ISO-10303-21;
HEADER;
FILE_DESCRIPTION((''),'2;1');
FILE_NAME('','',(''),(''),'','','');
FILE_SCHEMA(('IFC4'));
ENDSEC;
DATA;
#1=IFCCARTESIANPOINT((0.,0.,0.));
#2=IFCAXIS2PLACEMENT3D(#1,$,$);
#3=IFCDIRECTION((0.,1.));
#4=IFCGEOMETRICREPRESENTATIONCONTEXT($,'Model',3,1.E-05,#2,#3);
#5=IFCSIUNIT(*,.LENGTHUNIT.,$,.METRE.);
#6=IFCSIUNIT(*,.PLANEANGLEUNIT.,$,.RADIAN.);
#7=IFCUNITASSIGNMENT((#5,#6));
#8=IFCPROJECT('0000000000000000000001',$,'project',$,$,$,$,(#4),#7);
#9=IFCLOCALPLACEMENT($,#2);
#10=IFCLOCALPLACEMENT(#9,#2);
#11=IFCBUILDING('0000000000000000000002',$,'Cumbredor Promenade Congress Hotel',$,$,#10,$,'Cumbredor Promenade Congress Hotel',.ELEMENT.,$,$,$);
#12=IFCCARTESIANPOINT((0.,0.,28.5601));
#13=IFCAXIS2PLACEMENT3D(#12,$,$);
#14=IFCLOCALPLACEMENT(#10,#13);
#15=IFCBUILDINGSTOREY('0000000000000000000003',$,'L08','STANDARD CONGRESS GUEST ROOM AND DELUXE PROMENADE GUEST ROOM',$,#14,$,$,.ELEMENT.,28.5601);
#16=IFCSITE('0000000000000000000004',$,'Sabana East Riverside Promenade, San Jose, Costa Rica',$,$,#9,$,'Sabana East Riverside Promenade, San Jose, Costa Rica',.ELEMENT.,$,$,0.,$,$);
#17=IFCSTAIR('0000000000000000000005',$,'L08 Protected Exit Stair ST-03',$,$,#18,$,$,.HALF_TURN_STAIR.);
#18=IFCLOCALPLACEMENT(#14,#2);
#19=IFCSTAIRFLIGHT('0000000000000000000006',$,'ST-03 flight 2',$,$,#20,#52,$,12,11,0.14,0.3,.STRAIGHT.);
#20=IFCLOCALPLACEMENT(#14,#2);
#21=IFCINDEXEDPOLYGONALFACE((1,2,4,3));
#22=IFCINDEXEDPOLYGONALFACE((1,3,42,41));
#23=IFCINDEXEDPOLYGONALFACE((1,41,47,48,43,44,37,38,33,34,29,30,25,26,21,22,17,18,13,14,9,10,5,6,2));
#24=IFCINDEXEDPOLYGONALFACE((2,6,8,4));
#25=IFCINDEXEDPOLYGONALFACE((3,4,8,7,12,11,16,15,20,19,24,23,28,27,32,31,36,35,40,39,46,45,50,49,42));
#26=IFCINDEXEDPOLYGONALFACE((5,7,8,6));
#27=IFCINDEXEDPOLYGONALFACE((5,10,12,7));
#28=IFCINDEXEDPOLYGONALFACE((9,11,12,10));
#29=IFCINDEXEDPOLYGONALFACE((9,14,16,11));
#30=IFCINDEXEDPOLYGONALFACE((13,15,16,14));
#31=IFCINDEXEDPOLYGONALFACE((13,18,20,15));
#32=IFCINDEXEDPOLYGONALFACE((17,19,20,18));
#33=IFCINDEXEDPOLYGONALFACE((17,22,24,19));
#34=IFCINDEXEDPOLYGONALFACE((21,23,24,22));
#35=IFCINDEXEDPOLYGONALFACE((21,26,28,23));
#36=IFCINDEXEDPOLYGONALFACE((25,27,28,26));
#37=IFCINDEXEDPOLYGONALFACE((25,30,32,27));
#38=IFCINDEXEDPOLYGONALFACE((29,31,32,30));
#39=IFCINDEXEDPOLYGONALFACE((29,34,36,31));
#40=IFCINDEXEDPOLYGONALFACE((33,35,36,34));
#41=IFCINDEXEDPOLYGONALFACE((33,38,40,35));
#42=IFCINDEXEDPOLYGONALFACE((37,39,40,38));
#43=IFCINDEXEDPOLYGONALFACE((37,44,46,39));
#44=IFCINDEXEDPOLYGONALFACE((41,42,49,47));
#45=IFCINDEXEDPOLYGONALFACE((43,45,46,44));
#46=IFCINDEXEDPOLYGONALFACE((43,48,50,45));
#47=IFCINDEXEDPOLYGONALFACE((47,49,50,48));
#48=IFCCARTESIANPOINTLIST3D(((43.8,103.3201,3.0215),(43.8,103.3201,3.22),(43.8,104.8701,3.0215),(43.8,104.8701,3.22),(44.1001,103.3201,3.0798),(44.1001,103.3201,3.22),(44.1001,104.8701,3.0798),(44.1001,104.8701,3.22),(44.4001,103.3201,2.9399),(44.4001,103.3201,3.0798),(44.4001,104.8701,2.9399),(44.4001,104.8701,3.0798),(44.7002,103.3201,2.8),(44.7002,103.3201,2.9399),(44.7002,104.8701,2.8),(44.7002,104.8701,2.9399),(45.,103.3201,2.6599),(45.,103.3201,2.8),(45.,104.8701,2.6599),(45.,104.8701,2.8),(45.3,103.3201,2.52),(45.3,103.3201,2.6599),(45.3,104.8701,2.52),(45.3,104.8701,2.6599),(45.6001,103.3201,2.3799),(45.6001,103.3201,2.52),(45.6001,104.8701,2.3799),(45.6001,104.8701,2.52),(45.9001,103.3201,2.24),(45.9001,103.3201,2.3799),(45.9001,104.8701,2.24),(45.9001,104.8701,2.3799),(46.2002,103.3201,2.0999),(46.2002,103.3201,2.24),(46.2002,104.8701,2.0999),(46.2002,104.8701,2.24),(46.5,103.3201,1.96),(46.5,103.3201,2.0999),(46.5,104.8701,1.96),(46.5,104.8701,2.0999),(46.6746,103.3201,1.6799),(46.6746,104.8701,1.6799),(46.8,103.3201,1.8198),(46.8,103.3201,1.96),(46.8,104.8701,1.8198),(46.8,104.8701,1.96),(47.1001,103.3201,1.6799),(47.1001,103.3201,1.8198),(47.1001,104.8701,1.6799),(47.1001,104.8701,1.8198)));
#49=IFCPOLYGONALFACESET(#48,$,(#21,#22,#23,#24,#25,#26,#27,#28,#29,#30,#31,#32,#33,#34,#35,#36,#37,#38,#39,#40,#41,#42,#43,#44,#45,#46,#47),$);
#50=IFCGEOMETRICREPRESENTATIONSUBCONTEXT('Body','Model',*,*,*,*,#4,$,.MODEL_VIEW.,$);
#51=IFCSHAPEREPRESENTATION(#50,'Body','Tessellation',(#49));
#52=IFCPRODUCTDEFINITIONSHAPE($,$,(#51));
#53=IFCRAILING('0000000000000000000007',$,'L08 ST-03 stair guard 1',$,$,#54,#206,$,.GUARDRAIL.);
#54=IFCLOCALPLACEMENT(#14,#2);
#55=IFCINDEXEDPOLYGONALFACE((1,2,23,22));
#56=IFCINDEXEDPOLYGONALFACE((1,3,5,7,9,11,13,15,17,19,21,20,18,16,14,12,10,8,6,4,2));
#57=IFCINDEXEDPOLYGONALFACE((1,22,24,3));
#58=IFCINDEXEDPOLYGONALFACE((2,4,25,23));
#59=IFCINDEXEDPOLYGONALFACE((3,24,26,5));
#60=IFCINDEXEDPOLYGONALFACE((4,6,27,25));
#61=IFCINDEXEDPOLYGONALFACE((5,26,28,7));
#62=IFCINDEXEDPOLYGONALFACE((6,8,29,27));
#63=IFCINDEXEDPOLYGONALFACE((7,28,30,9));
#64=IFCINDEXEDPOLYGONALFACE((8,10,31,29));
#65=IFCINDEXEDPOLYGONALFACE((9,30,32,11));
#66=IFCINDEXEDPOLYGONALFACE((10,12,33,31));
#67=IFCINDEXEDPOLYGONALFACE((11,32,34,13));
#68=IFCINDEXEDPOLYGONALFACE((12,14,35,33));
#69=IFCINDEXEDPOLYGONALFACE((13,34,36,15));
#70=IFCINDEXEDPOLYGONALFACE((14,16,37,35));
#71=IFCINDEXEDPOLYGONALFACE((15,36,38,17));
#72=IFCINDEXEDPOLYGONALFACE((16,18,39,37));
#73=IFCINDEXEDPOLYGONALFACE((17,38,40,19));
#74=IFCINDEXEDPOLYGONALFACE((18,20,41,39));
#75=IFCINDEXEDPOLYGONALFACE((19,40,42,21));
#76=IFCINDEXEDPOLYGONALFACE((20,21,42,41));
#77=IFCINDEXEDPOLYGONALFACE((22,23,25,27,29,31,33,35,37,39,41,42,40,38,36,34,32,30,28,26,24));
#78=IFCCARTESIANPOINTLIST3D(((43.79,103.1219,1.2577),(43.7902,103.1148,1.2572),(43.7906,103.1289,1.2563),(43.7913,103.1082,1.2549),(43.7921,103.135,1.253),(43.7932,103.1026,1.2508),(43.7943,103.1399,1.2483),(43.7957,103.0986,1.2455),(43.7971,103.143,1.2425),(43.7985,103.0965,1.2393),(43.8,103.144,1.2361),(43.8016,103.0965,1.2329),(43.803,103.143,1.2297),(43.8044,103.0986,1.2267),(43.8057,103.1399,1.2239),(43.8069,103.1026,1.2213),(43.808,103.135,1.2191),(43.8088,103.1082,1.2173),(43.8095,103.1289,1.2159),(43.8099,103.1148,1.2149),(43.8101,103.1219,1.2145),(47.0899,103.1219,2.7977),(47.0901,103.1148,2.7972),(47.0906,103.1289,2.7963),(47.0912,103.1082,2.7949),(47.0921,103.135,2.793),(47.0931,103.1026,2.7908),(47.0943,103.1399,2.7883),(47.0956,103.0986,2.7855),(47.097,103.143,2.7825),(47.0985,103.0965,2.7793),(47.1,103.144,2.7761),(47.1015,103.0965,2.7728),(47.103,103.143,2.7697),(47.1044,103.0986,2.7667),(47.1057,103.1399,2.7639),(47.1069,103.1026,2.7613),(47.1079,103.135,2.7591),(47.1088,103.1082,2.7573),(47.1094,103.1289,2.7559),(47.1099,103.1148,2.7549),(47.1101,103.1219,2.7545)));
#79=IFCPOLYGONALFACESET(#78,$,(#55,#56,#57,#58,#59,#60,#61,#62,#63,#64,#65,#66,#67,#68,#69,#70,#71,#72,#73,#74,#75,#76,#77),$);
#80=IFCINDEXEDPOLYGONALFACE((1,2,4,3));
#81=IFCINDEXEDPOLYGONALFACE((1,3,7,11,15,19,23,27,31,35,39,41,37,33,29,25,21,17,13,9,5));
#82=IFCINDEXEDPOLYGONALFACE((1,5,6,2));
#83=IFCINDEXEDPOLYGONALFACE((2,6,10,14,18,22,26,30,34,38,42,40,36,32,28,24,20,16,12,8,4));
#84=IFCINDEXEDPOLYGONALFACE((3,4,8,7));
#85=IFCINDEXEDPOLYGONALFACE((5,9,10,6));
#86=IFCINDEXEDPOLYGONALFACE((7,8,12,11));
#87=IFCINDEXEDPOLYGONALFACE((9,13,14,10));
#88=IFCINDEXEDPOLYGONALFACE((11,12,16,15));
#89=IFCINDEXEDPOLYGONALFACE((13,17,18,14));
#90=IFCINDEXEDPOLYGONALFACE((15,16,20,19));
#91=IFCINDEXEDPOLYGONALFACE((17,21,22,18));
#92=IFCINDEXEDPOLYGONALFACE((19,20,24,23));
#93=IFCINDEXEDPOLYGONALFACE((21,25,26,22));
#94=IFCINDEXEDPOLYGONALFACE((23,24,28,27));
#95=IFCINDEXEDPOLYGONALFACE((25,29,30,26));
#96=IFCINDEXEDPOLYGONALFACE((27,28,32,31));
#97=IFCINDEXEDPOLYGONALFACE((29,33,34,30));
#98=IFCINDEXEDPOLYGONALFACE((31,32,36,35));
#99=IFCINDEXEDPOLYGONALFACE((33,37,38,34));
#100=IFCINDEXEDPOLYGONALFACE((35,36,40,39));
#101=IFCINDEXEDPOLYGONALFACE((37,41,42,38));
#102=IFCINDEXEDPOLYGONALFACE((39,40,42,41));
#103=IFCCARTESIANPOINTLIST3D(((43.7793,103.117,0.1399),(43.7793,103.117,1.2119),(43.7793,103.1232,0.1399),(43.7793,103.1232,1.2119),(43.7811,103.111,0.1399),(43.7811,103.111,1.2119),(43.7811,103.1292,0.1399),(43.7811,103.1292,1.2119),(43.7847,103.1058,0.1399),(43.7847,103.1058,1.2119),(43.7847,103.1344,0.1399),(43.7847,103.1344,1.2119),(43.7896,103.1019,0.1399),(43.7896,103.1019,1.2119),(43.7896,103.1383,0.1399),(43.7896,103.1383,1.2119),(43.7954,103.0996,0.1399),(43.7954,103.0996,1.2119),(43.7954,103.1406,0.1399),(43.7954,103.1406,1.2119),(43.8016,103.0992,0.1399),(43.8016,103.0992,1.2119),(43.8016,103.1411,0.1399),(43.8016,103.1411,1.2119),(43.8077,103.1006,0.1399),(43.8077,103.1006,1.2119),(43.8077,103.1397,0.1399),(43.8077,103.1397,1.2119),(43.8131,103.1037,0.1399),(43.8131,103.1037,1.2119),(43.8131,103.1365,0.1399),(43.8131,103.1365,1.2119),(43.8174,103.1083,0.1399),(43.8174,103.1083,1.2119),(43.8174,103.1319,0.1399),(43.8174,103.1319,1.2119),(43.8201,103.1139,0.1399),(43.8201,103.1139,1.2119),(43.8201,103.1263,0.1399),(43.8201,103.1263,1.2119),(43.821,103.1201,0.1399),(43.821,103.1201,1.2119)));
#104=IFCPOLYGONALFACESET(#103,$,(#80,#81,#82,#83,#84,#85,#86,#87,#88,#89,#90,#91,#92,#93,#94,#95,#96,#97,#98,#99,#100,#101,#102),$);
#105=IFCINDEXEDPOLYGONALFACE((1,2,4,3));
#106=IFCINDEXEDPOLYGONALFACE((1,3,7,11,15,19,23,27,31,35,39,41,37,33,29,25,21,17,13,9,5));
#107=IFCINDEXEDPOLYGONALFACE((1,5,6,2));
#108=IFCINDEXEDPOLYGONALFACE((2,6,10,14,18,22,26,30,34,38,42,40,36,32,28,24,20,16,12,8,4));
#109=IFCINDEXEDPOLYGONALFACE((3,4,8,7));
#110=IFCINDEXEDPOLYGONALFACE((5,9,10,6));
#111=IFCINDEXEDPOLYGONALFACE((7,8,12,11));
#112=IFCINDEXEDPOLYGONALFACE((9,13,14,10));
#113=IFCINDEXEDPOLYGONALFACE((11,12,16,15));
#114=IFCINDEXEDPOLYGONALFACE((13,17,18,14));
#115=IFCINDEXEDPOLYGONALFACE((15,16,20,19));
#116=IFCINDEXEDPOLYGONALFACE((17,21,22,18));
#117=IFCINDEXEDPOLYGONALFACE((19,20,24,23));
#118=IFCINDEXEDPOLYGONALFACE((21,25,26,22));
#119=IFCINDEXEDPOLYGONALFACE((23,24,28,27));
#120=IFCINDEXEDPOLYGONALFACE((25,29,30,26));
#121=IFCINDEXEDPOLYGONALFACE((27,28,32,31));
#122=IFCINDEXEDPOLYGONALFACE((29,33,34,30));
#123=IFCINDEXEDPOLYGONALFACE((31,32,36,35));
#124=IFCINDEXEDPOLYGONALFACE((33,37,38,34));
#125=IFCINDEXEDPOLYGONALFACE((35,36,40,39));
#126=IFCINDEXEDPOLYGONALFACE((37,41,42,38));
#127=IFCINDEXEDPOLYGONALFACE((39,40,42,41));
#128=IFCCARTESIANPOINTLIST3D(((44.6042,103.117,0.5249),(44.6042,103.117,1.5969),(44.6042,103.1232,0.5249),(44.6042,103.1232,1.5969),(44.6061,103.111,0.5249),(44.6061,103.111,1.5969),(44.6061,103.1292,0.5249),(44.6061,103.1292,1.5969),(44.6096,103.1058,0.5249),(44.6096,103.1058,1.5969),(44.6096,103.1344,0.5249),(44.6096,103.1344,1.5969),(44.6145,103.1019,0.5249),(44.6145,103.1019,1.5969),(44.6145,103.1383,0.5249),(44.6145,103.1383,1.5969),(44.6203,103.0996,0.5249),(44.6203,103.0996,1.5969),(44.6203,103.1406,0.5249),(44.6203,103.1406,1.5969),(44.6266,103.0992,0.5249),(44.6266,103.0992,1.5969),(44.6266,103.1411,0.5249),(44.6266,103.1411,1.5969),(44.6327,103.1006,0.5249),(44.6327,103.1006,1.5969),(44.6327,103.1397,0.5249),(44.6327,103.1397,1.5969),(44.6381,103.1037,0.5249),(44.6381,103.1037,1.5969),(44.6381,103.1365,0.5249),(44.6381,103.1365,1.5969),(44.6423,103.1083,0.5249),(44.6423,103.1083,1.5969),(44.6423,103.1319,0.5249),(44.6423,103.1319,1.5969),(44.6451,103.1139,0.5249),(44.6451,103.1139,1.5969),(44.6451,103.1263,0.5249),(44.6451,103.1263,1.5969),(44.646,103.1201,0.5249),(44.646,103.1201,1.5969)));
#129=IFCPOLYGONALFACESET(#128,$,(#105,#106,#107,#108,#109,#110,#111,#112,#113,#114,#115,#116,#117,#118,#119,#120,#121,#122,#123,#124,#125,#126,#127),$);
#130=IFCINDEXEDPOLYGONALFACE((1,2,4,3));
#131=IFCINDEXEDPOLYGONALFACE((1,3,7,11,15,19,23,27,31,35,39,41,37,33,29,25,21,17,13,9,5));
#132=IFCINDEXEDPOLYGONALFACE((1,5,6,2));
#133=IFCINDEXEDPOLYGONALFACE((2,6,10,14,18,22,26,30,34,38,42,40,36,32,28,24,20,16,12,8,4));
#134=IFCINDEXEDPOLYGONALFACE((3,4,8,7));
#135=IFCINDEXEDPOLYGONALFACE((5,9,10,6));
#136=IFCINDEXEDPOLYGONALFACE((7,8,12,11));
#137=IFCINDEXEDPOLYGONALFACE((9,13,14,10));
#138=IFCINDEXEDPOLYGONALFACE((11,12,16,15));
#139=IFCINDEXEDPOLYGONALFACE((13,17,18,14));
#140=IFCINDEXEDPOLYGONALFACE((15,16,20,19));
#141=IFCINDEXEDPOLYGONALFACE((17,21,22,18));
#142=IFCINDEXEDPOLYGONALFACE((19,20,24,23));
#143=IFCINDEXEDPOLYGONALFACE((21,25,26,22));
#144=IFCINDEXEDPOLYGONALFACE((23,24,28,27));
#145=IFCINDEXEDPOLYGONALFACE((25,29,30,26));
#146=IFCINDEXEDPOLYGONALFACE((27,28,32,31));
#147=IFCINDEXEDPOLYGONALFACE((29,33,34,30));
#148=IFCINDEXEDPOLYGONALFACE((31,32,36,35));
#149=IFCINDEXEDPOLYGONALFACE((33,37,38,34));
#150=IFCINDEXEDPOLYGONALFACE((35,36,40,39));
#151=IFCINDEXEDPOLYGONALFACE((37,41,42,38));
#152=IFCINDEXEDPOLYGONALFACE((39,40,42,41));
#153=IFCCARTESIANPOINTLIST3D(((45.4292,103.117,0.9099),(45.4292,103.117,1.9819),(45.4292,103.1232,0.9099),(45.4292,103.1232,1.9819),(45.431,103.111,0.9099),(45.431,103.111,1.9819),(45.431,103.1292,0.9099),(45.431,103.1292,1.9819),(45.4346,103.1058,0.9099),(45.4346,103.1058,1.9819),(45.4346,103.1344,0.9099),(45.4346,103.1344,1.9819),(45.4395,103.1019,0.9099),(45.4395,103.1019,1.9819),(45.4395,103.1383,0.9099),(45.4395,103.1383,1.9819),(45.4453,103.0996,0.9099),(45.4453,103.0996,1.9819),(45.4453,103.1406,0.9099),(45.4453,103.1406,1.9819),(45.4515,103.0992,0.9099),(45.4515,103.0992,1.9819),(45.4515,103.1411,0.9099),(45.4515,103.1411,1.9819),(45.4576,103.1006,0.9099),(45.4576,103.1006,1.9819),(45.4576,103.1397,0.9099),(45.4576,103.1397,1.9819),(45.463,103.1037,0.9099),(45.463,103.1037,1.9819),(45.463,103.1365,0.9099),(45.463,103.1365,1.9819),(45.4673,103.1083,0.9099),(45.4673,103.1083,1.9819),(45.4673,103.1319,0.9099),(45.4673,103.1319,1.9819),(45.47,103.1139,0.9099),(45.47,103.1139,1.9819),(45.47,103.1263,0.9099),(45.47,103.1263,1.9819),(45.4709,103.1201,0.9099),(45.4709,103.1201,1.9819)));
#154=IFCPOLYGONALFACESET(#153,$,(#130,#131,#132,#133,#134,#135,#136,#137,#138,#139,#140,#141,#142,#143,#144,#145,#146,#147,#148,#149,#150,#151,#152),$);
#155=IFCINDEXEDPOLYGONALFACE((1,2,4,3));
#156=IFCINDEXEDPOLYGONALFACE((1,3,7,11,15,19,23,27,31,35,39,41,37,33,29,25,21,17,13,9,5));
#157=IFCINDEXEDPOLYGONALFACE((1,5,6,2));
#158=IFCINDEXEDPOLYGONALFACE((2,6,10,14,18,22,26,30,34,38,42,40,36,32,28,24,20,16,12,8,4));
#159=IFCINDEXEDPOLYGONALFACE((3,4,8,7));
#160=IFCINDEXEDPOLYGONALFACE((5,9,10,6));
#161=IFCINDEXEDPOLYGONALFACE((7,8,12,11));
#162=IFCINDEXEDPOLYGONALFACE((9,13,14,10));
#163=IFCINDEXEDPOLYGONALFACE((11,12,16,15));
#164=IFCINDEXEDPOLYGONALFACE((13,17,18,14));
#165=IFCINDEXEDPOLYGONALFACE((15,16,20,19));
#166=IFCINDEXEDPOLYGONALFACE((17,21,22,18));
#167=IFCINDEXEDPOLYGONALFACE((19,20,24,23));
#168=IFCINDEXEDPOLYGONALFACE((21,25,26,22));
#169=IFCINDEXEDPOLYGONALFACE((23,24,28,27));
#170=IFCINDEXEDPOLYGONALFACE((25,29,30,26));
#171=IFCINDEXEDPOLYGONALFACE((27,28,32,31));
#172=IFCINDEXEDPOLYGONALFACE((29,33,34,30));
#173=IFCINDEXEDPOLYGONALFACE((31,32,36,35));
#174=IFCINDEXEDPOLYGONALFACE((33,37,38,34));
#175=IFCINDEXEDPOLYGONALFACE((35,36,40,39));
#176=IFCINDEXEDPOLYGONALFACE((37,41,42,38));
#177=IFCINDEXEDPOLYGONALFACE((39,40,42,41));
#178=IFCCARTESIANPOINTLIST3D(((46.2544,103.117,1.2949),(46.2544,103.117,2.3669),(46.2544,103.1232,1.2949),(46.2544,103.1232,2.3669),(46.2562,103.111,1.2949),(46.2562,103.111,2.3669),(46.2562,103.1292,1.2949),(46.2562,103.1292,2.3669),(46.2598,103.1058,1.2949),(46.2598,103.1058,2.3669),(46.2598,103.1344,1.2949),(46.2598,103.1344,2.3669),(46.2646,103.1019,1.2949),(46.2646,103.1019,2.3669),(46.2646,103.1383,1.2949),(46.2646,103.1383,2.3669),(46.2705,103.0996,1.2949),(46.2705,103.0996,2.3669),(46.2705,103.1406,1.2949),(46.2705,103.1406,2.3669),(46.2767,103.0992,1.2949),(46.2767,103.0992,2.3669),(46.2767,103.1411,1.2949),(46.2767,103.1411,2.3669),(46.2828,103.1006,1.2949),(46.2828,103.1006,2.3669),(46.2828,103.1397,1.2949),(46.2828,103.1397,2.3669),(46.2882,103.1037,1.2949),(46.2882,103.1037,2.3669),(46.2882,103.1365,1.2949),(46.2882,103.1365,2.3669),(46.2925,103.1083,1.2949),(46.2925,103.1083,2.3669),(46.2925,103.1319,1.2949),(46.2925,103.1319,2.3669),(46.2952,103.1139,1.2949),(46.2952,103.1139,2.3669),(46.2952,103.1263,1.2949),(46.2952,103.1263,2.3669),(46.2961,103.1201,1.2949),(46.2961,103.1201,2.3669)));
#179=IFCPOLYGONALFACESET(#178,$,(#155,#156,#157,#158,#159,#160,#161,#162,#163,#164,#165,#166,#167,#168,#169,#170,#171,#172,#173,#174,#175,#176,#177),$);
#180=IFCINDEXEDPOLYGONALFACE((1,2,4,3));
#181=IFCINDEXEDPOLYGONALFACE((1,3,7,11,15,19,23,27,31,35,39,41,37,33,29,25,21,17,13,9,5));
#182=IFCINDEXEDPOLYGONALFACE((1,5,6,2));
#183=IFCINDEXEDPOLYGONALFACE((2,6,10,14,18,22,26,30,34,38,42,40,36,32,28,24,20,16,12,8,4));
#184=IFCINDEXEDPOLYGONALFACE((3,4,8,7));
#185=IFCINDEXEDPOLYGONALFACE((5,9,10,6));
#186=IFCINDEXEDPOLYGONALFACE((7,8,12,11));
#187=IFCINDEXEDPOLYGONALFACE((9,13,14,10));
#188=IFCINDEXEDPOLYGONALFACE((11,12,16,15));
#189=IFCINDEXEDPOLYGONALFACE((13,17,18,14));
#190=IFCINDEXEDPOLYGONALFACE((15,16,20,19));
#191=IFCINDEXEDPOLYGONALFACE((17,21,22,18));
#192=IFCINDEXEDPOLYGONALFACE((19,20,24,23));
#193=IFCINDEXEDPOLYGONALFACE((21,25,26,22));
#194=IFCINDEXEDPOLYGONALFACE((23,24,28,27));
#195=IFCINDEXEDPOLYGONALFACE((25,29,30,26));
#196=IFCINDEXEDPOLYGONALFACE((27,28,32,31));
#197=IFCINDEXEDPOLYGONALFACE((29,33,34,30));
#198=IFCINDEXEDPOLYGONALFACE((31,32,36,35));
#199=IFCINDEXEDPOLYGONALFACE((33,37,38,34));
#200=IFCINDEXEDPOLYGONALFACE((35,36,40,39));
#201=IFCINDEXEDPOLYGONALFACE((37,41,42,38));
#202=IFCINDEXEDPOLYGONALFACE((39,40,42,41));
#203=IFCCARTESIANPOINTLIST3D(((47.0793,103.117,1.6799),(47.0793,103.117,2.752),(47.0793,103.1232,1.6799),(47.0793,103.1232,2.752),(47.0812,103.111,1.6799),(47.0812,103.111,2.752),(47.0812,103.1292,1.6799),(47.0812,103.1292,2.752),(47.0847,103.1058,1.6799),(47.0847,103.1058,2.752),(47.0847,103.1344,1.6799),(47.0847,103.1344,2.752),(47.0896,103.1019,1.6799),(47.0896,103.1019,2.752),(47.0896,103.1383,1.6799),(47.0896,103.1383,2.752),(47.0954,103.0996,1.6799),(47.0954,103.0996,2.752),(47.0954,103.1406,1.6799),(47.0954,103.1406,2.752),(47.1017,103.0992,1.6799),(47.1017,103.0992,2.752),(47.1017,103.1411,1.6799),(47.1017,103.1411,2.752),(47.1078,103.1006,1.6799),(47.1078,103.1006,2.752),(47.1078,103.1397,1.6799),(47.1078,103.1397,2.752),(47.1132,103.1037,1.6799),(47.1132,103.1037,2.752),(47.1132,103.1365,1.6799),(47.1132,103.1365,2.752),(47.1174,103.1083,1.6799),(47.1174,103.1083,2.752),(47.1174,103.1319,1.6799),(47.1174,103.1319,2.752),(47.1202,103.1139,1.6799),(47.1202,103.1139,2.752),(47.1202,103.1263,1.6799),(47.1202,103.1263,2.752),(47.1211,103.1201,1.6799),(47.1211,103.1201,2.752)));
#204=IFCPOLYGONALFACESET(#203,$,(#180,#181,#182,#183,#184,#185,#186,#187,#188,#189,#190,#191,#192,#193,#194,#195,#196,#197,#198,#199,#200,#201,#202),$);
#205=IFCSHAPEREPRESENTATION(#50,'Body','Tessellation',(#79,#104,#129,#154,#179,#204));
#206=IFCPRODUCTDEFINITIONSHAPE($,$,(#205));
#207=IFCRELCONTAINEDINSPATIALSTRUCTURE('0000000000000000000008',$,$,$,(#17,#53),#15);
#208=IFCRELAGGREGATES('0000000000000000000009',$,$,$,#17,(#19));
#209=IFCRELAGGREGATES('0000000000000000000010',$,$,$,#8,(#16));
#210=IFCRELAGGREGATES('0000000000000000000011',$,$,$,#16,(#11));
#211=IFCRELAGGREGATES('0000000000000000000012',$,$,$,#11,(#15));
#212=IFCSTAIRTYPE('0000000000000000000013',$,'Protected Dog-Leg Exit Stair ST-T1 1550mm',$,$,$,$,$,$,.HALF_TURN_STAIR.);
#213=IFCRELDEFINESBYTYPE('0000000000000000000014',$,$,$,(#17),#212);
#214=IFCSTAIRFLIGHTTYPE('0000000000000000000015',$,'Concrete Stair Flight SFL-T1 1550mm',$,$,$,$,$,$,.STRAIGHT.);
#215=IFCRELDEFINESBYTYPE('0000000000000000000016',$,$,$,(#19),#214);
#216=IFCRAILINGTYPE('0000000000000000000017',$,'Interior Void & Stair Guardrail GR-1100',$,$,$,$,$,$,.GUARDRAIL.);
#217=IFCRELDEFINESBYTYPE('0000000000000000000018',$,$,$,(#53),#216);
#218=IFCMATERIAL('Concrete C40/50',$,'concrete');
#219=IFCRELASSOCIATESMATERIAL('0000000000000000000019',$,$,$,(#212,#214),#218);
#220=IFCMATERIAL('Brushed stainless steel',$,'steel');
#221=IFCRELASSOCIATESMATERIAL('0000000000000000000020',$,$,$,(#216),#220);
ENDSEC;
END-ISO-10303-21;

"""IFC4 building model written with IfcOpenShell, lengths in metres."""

from ifc_helpers import new_model, si_unit, direction, frame, origin, origin_2d, place, context, subcontext, project, spatial, polyline, circle, outline, extrude, material, type_object, element, aggregate, save


model = new_model("IFC4")

# Units and contexts
model_context = context("Model", 3, precision=1e-05, world=origin(), true_north=direction((0.0, 1.0)))
body_context = subcontext(model_context, "Body", "Model", "MODEL_VIEW")
ifc_project = project(units=[si_unit("LENGTHUNIT", "METRE"), si_unit("PLANEANGLEUNIT", "RADIAN")], contexts=[model_context])

# Site, building, storey
site_placement = place(None, origin())
site = spatial("IfcSite", under=ifc_project, at=site_placement, Name="Sabana East Riverside Promenade, San Jose, Costa Rica", LongName="Sabana East Riverside Promenade, San Jose, Costa Rica", CompositionType="ELEMENT", RefElevation=0.0)
building_placement = place(site_placement, origin())
building = spatial("IfcBuilding", under=site, at=building_placement, Name="Cumbredor Promenade Congress Hotel", LongName="Cumbredor Promenade Congress Hotel", CompositionType="ELEMENT")
storey_placement = place(building_placement, frame((0.0, 0.0, 28.5601)))
storey = spatial("IfcBuildingStorey", under=building, at=storey_placement, Name="L08", Description="STANDARD CONGRESS GUEST ROOM AND DELUXE PROMENADE GUEST ROOM", CompositionType="ELEMENT", Elevation=28.5601)

# Shared definitions
ifc_material_1 = material(Name="Concrete C40/50", Category="concrete")

# Stair, stair flight
stair_type = type_object("IfcStairType", Name="Protected Dog-Leg Exit Stair ST-T1 1550mm", PredefinedType="HALF_TURN_STAIR", material=ifc_material_1)
stair_placement = place(storey_placement, origin())
stair = element("IfcStair", 1, at=stair_placement, inside=storey, type_object=stair_type, Name="L08 Protected Exit Stair ST-03", PredefinedType="HALF_TURN_STAIR")
stair_flight_type = type_object("IfcStairFlightType", Name="Concrete Stair Flight SFL-T1 1550mm", PredefinedType="STRAIGHT", material=ifc_material_1)
stair_flight_1_placement = place(storey_placement, frame((47.1001, 104.095, 1.6799), z_axis=(0.0, 0.0, 1.0), x_axis=(-1.0, 0.0, 0.0)))
stair_flight_1 = element("IfcStairFlight", 2, at=stair_flight_1_placement, type_object=stair_flight_type, Name="ST-03 flight 2", NumberOfRisers=12, NumberOfTreads=11, PredefinedType="STRAIGHT", RiserHeight=0.14, TreadLength=0.3, context=body_context, shape_type="SweptSolid", body=[
    extrude(outline(polyline([(0.0, 0.0), (0.0, 0.1399), (0.3, 0.1399), (0.3, 0.28), (0.6001, 0.28), (0.6001, 0.4199), (0.8999, 0.4199), (0.8999, 0.5601), (1.2, 0.5601), (1.2, 0.7), (1.5, 0.7), (1.5, 0.8401), (1.8, 0.8401), (1.8, 0.98), (2.1001, 0.98), (2.1001, 1.1201), (2.3999, 1.1201), (2.3999, 1.26), (2.7, 1.26), (2.7, 1.3999), (3.0, 1.3999), (3.0, 1.54), (3.3, 1.54), (3.3, 1.6799), (3.3, 1.3416), (0.4255, 0.0), (0.0, 0.0)])), frame((0.0, 0.7749, 0.0), z_axis=(0.0, -1.0, 0.0), x_axis=(1.0, 0.0, 0.0)), (0.0, 0.0, 1.0), 1.55),
])
aggregate(stair, [stair_flight_1])

# Railing
ifc_material_2 = material(Name="Brushed stainless steel", Category="steel")
railing_type_1 = type_object("IfcRailingType", Name="Interior Void & Stair Guardrail GR-1100", PredefinedType="GUARDRAIL", material=ifc_material_2)
railing_1_placement = place(storey_placement, frame((43.8, 103.1201, 0.1399)))
element("IfcRailing", 3, at=railing_1_placement, inside=storey, type_object=railing_type_1, Name="L08 ST-03 stair guard 1", PredefinedType="GUARDRAIL", context=body_context, shape_type="SweptSolid", body=[
    extrude(circle(Radius=0.0239, at=origin_2d()), frame((0.0, 0.0, 1.0962), z_axis=(0.906181, 0.0, 0.422889), x_axis=(0.0, 1.0, 0.0)), (0.0, 0.0, 1.0), 3.6416),
    extrude(circle(Radius=0.021, at=origin_2d()), origin(), (0.0, 0.0, 1.0), 1.072),
    extrude(circle(Radius=0.021, at=origin_2d()), frame((0.825, 0.0, 0.385)), (0.0, 0.0, 1.0), 1.072),
    extrude(circle(Radius=0.021, at=origin_2d()), frame((1.6499, 0.0, 0.77)), (0.0, 0.0, 1.0), 1.072),
    extrude(circle(Radius=0.021, at=origin_2d()), frame((2.4751, 0.0, 1.155)), (0.0, 0.0, 1.0), 1.072),
    extrude(circle(Radius=0.021, at=origin_2d()), frame((3.3, 0.0, 1.54)), (0.0, 0.0, 1.0), 1.072),
])

save(model, "model.ifc")
